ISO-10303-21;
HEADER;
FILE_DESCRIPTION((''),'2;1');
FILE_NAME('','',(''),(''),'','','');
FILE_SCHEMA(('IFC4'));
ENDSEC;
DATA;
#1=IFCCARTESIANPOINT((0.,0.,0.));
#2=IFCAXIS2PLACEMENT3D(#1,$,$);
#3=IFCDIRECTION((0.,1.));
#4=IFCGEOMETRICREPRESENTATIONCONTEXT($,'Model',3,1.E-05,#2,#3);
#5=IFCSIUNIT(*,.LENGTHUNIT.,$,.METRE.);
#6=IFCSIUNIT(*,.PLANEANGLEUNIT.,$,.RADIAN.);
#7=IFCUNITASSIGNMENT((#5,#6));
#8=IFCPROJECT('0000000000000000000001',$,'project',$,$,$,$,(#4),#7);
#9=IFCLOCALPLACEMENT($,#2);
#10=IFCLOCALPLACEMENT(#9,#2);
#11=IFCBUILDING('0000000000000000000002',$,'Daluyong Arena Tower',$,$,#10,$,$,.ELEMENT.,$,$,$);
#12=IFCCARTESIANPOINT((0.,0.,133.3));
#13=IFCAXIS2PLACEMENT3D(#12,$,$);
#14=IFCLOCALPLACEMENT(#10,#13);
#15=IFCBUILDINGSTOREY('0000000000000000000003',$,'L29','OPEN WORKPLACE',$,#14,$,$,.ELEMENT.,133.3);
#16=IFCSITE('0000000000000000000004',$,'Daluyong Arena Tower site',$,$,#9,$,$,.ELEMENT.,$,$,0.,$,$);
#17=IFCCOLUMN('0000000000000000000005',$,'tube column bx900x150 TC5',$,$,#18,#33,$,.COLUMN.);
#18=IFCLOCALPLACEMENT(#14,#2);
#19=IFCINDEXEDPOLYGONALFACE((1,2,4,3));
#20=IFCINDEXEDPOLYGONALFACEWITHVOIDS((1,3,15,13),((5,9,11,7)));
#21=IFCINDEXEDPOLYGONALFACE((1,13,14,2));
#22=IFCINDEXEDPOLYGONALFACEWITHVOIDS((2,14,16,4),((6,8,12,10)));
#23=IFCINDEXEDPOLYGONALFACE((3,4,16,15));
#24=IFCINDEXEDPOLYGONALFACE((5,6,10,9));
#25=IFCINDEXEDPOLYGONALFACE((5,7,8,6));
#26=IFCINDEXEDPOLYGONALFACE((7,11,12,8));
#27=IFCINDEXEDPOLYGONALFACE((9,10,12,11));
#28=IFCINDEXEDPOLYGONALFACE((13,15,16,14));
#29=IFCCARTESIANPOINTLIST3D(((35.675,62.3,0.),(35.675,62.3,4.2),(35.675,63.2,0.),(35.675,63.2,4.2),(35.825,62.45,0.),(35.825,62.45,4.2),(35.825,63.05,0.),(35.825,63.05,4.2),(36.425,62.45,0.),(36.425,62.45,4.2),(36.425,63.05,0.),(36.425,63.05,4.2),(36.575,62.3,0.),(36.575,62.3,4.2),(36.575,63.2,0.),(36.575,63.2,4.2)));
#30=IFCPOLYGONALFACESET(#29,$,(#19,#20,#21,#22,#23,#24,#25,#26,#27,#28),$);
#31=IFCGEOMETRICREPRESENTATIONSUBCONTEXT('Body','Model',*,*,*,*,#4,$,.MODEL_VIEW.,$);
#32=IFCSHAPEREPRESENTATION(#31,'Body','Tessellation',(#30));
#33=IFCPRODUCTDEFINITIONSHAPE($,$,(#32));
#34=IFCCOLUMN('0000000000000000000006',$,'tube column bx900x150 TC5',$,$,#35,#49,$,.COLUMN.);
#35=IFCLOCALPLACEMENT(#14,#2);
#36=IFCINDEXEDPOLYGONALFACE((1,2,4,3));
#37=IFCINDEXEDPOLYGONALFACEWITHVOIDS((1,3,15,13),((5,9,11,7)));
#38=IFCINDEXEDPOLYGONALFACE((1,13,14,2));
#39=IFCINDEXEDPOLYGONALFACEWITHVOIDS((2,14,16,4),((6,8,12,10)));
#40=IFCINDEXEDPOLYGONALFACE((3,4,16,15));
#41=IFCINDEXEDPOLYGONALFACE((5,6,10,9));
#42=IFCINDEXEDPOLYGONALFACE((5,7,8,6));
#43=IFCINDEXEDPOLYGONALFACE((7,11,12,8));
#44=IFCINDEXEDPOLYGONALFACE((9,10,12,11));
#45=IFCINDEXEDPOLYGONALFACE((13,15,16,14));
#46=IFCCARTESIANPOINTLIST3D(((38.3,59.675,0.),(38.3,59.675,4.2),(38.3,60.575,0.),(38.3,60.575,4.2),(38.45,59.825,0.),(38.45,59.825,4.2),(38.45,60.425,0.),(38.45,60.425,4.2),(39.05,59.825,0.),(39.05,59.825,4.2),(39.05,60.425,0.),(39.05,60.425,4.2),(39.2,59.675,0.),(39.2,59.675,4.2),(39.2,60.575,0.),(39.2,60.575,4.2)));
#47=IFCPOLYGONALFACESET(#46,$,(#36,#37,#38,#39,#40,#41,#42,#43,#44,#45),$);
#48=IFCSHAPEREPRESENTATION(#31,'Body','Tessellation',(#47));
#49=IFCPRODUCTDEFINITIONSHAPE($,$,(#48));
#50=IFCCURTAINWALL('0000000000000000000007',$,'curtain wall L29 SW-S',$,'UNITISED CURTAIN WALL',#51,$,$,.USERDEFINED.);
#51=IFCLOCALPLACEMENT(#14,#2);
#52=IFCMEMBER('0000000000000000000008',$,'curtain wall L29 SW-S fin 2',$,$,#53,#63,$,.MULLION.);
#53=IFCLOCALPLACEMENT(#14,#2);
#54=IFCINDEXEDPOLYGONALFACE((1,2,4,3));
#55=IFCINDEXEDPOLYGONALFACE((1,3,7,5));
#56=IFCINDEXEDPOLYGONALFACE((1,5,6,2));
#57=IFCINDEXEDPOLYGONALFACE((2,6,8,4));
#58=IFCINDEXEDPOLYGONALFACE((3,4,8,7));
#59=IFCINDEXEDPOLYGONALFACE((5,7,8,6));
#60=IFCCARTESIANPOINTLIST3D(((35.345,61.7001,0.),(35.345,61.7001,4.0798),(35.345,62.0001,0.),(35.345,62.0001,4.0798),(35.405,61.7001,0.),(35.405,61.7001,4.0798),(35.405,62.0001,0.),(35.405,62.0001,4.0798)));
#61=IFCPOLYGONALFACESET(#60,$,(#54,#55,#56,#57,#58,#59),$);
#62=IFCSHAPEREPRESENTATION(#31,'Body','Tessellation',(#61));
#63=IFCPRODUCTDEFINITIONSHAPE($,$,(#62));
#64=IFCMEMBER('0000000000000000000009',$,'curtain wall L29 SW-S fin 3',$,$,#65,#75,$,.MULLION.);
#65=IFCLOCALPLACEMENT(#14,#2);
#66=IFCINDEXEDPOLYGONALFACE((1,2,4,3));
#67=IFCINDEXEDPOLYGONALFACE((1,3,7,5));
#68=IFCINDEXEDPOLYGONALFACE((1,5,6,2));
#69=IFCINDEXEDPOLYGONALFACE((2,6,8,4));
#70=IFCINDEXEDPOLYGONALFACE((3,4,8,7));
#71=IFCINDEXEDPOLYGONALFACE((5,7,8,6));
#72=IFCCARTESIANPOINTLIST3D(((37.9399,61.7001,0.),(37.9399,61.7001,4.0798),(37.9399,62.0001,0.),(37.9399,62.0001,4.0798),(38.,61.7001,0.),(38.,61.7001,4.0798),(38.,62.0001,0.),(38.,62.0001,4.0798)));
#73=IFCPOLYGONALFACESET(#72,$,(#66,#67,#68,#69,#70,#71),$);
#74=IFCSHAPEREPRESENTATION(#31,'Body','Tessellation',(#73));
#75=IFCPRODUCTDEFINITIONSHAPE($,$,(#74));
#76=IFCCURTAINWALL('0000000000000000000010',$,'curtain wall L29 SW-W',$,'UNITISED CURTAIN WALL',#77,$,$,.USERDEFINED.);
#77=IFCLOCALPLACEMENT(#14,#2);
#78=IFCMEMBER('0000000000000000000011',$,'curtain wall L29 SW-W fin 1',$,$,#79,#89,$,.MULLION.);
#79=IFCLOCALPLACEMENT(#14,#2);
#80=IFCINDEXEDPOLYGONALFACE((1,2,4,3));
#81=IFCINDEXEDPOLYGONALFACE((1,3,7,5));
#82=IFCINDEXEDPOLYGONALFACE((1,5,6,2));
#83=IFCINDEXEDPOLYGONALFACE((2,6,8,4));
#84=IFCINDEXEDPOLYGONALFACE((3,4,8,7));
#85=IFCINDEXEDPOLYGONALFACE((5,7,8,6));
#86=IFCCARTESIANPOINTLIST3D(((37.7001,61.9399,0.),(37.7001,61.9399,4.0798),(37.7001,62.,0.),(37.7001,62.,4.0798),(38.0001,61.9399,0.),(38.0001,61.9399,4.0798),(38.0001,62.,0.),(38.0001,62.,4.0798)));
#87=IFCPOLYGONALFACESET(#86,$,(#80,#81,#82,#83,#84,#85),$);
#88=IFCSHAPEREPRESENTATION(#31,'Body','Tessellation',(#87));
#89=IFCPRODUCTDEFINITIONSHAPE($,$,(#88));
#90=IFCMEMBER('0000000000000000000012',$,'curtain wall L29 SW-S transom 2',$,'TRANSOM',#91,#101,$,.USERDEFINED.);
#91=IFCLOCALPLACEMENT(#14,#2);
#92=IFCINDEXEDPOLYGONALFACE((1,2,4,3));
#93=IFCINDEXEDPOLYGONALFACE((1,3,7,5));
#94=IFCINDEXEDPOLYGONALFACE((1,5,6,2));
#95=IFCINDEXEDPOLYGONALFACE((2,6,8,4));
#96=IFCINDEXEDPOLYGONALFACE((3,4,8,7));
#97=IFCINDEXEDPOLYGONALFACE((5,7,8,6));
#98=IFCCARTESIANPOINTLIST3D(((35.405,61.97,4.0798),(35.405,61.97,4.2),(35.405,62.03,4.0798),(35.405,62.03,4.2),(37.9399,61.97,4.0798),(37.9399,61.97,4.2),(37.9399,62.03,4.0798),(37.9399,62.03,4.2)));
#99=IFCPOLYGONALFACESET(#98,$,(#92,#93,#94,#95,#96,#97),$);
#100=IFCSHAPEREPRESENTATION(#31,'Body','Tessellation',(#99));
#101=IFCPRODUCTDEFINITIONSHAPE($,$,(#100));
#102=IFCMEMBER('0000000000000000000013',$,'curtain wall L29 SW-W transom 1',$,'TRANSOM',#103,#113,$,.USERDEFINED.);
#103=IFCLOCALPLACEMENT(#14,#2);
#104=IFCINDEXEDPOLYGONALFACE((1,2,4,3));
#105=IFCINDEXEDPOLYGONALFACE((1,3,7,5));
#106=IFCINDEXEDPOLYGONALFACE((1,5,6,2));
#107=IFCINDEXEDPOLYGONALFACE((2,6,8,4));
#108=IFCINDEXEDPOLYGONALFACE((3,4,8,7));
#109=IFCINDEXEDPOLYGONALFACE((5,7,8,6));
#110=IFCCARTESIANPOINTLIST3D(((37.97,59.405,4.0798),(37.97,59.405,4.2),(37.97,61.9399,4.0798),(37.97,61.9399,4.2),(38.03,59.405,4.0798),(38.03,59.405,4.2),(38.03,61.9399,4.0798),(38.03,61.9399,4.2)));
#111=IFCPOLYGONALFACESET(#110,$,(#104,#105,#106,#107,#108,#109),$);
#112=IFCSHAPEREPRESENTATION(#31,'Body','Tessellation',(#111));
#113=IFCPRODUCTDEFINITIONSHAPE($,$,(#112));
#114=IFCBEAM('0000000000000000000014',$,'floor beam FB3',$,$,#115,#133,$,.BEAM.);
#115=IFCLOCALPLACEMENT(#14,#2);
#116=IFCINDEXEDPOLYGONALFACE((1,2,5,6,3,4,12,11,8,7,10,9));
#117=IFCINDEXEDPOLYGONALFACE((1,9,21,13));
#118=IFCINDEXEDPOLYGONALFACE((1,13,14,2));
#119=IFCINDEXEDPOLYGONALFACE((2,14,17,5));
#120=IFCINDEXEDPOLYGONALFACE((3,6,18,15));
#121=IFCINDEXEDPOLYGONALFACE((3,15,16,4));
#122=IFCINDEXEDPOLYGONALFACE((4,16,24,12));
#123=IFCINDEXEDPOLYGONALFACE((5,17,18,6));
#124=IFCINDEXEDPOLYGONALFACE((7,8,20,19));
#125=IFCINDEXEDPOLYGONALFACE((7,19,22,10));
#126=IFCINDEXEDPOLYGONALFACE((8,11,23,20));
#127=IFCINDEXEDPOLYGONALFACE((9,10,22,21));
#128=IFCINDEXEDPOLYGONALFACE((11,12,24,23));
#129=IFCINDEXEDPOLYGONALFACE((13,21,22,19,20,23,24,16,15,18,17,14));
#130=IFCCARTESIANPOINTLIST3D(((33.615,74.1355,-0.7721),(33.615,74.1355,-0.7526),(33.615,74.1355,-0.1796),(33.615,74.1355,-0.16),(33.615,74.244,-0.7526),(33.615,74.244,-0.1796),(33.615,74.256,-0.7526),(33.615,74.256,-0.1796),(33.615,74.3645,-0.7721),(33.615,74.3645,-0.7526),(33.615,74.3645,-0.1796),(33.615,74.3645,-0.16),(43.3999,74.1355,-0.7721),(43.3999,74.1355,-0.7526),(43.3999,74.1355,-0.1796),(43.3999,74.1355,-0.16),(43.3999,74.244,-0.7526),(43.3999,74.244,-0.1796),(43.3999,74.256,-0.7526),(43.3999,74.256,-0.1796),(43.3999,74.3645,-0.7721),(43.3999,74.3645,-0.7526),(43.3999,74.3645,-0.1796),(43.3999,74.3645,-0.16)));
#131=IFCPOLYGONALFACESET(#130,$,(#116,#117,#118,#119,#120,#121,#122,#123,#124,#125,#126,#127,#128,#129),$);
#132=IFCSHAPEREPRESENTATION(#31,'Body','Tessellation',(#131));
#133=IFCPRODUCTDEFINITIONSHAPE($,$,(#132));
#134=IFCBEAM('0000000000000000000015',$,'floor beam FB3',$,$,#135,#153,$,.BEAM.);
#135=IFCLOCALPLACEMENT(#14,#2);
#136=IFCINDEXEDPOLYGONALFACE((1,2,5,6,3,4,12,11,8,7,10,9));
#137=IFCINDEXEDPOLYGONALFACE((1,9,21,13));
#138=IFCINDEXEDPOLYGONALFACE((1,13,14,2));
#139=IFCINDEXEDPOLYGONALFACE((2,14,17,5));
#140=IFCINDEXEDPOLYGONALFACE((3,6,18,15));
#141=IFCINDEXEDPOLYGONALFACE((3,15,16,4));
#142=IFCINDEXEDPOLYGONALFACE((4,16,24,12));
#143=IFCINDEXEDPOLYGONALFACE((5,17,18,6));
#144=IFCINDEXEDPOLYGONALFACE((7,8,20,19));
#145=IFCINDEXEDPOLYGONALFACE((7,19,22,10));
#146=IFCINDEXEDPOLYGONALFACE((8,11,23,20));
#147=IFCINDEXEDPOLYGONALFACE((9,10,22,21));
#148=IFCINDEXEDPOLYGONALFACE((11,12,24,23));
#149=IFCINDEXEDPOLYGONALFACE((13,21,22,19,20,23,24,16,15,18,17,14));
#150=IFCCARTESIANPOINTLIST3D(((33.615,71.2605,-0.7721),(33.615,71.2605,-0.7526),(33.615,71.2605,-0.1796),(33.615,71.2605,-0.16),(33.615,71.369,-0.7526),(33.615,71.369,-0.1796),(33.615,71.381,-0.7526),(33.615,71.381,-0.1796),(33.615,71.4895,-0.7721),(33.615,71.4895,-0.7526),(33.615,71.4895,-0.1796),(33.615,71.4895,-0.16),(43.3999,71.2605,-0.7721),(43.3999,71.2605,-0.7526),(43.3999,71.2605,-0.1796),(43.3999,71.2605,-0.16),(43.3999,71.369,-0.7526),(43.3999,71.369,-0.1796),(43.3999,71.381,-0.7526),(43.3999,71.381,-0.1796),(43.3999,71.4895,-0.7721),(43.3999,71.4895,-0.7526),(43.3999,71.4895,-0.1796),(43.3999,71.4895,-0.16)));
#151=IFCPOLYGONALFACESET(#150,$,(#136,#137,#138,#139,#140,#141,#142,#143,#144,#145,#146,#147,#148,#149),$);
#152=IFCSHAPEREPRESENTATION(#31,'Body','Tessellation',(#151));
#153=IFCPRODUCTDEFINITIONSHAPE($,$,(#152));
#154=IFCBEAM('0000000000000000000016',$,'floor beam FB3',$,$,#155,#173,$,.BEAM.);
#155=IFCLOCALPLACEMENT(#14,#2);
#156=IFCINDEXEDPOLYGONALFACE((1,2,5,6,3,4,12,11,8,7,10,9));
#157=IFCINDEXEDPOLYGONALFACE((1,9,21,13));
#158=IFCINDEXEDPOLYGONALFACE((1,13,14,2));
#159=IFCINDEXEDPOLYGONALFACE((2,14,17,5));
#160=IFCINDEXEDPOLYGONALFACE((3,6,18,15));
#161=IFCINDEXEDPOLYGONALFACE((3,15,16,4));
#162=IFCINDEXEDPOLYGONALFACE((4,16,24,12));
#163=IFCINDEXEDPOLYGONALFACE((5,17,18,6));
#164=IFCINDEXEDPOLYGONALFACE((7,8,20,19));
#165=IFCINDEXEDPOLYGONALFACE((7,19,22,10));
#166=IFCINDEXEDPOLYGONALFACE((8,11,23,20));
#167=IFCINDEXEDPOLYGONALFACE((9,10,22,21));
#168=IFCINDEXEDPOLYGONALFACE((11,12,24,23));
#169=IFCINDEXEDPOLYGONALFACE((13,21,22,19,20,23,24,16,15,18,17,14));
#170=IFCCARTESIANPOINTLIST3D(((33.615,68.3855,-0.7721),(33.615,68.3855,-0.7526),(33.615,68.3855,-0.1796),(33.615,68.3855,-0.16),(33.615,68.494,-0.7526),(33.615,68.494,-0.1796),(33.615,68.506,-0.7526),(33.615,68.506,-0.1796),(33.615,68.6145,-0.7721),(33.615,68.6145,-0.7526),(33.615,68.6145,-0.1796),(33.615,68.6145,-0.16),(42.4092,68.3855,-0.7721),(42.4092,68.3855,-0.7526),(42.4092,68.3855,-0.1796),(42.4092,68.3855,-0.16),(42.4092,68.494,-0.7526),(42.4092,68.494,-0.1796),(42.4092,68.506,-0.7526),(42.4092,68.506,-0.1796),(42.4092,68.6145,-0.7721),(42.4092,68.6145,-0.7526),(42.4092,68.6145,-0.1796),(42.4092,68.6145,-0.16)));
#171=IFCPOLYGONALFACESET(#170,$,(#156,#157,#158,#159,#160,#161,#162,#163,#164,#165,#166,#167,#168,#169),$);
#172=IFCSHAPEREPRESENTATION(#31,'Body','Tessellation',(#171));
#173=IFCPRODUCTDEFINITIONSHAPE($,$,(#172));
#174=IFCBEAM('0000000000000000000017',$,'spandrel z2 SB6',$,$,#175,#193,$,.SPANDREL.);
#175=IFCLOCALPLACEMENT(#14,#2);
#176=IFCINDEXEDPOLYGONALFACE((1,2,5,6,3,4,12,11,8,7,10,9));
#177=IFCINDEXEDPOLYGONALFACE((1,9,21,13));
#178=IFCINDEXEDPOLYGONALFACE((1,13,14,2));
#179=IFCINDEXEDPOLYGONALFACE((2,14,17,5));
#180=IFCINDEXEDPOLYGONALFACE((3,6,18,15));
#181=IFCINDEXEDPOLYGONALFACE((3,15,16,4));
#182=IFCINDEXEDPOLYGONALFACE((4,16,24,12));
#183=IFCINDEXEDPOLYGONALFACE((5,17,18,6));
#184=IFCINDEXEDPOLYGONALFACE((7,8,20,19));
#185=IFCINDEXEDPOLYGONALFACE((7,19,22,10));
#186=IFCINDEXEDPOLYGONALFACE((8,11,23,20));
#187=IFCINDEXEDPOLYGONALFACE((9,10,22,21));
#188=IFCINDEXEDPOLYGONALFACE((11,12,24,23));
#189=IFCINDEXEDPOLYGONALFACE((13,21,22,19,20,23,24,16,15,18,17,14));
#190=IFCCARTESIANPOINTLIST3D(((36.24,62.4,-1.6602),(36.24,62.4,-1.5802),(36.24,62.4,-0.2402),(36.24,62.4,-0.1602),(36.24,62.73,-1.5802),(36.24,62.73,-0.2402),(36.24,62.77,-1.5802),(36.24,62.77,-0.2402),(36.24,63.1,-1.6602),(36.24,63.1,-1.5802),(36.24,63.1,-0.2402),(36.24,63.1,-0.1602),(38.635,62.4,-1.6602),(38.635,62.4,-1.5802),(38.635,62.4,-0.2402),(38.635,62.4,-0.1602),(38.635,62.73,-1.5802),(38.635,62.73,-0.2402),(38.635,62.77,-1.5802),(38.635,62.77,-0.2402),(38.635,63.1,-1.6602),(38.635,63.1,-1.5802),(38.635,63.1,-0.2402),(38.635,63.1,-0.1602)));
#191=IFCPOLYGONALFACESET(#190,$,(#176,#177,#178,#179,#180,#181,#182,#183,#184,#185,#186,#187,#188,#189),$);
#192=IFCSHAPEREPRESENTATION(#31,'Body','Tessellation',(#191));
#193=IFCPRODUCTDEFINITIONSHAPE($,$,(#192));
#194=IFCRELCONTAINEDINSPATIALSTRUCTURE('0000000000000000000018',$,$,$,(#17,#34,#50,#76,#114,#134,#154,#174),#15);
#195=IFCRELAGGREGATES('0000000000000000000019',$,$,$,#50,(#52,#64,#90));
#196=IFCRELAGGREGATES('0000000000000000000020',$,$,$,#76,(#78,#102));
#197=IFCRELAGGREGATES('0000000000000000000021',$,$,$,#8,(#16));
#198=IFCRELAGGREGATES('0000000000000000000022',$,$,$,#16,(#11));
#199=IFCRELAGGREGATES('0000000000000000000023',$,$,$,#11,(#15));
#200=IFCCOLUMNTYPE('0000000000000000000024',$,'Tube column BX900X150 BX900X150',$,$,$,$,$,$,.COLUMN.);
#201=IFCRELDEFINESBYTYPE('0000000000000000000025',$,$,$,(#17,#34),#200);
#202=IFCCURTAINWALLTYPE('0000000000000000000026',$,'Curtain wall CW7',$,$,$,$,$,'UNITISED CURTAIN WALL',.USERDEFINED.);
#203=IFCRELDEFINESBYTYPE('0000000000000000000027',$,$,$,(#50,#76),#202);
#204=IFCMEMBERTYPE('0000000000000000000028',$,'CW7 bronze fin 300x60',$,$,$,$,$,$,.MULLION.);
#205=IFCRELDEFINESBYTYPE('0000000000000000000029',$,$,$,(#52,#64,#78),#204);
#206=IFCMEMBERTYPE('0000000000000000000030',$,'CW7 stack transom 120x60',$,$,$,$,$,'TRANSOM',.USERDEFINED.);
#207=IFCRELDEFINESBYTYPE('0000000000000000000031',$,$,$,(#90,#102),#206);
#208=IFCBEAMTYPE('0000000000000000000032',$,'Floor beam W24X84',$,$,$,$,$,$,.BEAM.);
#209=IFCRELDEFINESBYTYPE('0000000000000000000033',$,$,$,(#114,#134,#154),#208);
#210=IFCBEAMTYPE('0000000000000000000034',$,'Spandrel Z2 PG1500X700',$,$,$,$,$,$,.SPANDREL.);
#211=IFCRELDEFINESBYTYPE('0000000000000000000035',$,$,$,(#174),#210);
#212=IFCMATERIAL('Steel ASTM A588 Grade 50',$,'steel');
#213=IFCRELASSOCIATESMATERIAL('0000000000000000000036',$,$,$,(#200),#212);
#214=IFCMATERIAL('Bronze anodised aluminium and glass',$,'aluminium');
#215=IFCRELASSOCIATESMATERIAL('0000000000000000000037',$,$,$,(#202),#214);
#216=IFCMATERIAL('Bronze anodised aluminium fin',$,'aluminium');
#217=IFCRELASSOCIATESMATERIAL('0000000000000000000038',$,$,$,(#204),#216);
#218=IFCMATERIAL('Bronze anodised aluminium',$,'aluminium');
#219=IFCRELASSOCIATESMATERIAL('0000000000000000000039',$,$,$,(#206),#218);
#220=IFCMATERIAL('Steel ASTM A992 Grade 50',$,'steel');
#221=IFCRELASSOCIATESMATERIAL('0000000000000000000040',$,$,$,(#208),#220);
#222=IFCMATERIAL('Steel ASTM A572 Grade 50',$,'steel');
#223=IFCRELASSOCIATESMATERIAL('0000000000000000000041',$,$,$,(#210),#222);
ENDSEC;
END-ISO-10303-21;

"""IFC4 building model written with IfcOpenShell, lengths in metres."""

from ifc_helpers import new_model, si_unit, direction, frame, origin, origin_2d, place, context, subcontext, project, spatial, rectangle, hollow_rectangle, i_section, extrude, material, material_profile, profile_set, type_object, element, aggregate, save


model = new_model("IFC4")

# Units and contexts
model_context = context("Model", 3, precision=1e-05, world=origin(), true_north=direction((0.0, 1.0)))
body_context = subcontext(model_context, "Body", "Model", "MODEL_VIEW")
ifc_project = project(units=[si_unit("LENGTHUNIT", "METRE"), si_unit("PLANEANGLEUNIT", "RADIAN")], contexts=[model_context])

# Site, building, storey
site_placement = place(None, origin())
site = spatial("IfcSite", under=ifc_project, at=site_placement, Name="Daluyong Arena Tower site", CompositionType="ELEMENT", RefElevation=0.0)
building_placement = place(site_placement, origin())
building = spatial("IfcBuilding", under=site, at=building_placement, Name="Daluyong Arena Tower", CompositionType="ELEMENT")
storey_placement = place(building_placement, frame((0.0, 0.0, 133.3)))
storey = spatial("IfcBuildingStorey", under=building, at=storey_placement, Name="L29", Description="OPEN WORKPLACE", CompositionType="ELEMENT", Elevation=133.3)

# Columns
ifc_material_1 = material(Name="Steel ASTM A588 Grade 50", Category="steel")
ifc_material_profile_1 = material_profile(ifc_material_1, hollow_rectangle(XDim=0.8999, YDim=0.8999, WallThickness=0.15, at=origin_2d()))
ifc_profile_set_1 = profile_set([ifc_material_profile_1], Name="Steel ASTM A588 Grade 50")
column_type = type_object("IfcColumnType", Name="Tube column BX900X150 BX900X150", PredefinedType="COLUMN", material=ifc_profile_set_1)
for number, where, z_axis, x_axis, name in (
    (1, (36.125, 62.75, 0.0), (0.0, 0.0, 1.0), (1.0, 0.0, 0.0), "tube column bx900x150 TC5"),
    (2, (38.75, 60.125, 0.0), (0.0, 0.0, 1.0), (0.0, 1.0, 0.0), "tube column bx900x150 TC5"),
):
    element("IfcColumn", number, at=place(storey_placement, frame(where, z_axis=z_axis, x_axis=x_axis)), inside=storey, type_object=column_type, Name=name, PredefinedType="COLUMN", context=body_context, shape_type="SweptSolid", body=[
        extrude(hollow_rectangle(XDim=0.8999, YDim=0.8999, WallThickness=0.15, at=origin_2d()), origin(), (0.0, 0.0, 1.0), 4.2),
    ])

# Curtain wall, members
ifc_material_2 = material(Name="Bronze anodised aluminium and glass", Category="aluminium")
curtain_wall_type = type_object("IfcCurtainWallType", Name="Curtain wall CW7", ElementType="UNITISED CURTAIN WALL", PredefinedType="USERDEFINED", material=ifc_material_2)
curtain_wall_1_placement = place(storey_placement, origin())
curtain_wall_1 = element("IfcCurtainWall", 3, at=curtain_wall_1_placement, inside=storey, type_object=curtain_wall_type, Name="curtain wall L29 SW-S", ObjectType="UNITISED CURTAIN WALL", PredefinedType="USERDEFINED")
ifc_material_3 = material(Name="Bronze anodised aluminium fin", Category="aluminium")
ifc_material_profile_2 = material_profile(ifc_material_3, rectangle(XDim=0.3, YDim=0.0601, at=origin_2d()))
ifc_profile_set_2 = profile_set([ifc_material_profile_2], Name="Bronze anodised aluminium fin")
member_type_1 = type_object("IfcMemberType", Name="CW7 bronze fin 300x60", PredefinedType="MULLION", material=ifc_profile_set_2)
member_1_placement = place(storey_placement, frame((35.375, 61.8501, 0.0), z_axis=(0.0, 0.0, 1.0), x_axis=(0.0, 1.0, 0.0)))
member_1 = element("IfcMember", 4, at=member_1_placement, type_object=member_type_1, Name="curtain wall L29 SW-S fin 2", PredefinedType="MULLION", context=body_context, shape_type="SweptSolid", body=[
    extrude(rectangle(XDim=0.3, YDim=0.0601, at=origin_2d()), origin(), (0.0, 0.0, 1.0), 4.0798),
])
member_2_placement = place(storey_placement, frame((37.97, 61.8501, 0.0), z_axis=(0.0, 0.0, 1.0), x_axis=(0.0, 1.0, 0.0)))
member_2 = element("IfcMember", 5, at=member_2_placement, type_object=member_type_1, Name="curtain wall L29 SW-S fin 3", PredefinedType="MULLION", context=body_context, shape_type="SweptSolid", body=[
    extrude(rectangle(XDim=0.3, YDim=0.0601, at=origin_2d()), origin(), (0.0, 0.0, 1.0), 4.0798),
])

# Curtain wall, member
curtain_wall_2_placement = place(storey_placement, origin())
curtain_wall_2 = element("IfcCurtainWall", 6, at=curtain_wall_2_placement, inside=storey, type_object=curtain_wall_type, Name="curtain wall L29 SW-W", ObjectType="UNITISED CURTAIN WALL", PredefinedType="USERDEFINED")
member_3_placement = place(storey_placement, frame((37.8501, 61.97, 0.0), z_axis=(0.0, 0.0, 1.0), x_axis=(1.0, 0.0, 0.0)))
member_3 = element("IfcMember", 7, at=member_3_placement, type_object=member_type_1, Name="curtain wall L29 SW-W fin 1", PredefinedType="MULLION", context=body_context, shape_type="SweptSolid", body=[
    extrude(rectangle(XDim=0.3, YDim=0.0601, at=origin_2d()), origin(), (0.0, 0.0, 1.0), 4.0798),
])

# Members
ifc_material_4 = material(Name="Bronze anodised aluminium", Category="aluminium")
ifc_material_profile_3 = material_profile(ifc_material_4, rectangle(XDim=0.0601, YDim=0.1201, at=origin_2d()))
ifc_profile_set_3 = profile_set([ifc_material_profile_3], Name="Bronze anodised aluminium")
member_type_2 = type_object("IfcMemberType", Name="CW7 stack transom 120x60", ElementType="TRANSOM", PredefinedType="USERDEFINED", material=ifc_profile_set_3)
member_4_placement = place(storey_placement, frame((35.405, 62.0, 4.1399), z_axis=(1.0, 0.0, 0.0), x_axis=(0.0, 1.0, 0.0)))
member_4 = element("IfcMember", 8, at=member_4_placement, type_object=member_type_2, Name="curtain wall L29 SW-S transom 2", ObjectType="TRANSOM", PredefinedType="USERDEFINED", context=body_context, shape_type="SweptSolid", body=[
    extrude(rectangle(XDim=0.0601, YDim=0.1201, at=origin_2d()), origin(), (0.0, 0.0, 1.0), 2.5349),
])
member_5_placement = place(storey_placement, frame((38.0, 61.9399, 4.1399), z_axis=(0.0, -1.0, 0.0), x_axis=(1.0, 0.0, 0.0)))
member_5 = element("IfcMember", 9, at=member_5_placement, type_object=member_type_2, Name="curtain wall L29 SW-W transom 1", ObjectType="TRANSOM", PredefinedType="USERDEFINED", context=body_context, shape_type="SweptSolid", body=[
    extrude(rectangle(XDim=0.0601, YDim=0.1201, at=origin_2d()), origin(), (0.0, 0.0, 1.0), 2.5349),
])

# Beams
ifc_material_5 = material(Name="Steel ASTM A992 Grade 50", Category="steel")
ifc_material_profile_4 = material_profile(ifc_material_5, i_section(OverallWidth=0.229, OverallDepth=0.6121, WebThickness=0.012, FlangeThickness=0.0195, at=origin_2d()))
ifc_profile_set_4 = profile_set([ifc_material_profile_4], Name="Steel ASTM A992 Grade 50")
beam_type_1 = type_object("IfcBeamType", Name="Floor beam W24X84", PredefinedType="BEAM", material=ifc_profile_set_4)
for number, where, z_axis, x_axis, name in (
    (10, (33.615, 74.25, -0.4661), (1.0, 0.0, 0.0), (0.0, 1.0, 0.0), "floor beam FB3"),
    (11, (33.615, 71.375, -0.4661), (1.0, 0.0, 0.0), (0.0, 1.0, 0.0), "floor beam FB3"),
):
    element("IfcBeam", number, at=place(storey_placement, frame(where, z_axis=z_axis, x_axis=x_axis)), inside=storey, type_object=beam_type_1, Name=name, PredefinedType="BEAM", context=body_context, shape_type="SweptSolid", body=[
        extrude(i_section(OverallWidth=0.229, OverallDepth=0.6121, WebThickness=0.012, FlangeThickness=0.0195, at=origin_2d()), origin(), (0.0, 0.0, 1.0), 9.7849),
    ])
beam_placement = place(storey_placement, frame((33.615, 68.5, -0.4661), z_axis=(1.0, 0.0, 0.0), x_axis=(0.0, 1.0, 0.0)))
element("IfcBeam", 12, at=beam_placement, inside=storey, type_object=beam_type_1, Name="floor beam FB3", PredefinedType="BEAM", context=body_context, shape_type="SweptSolid", body=[
    extrude(i_section(OverallWidth=0.229, OverallDepth=0.6121, WebThickness=0.012, FlangeThickness=0.0195, at=origin_2d()), origin(), (0.0, 0.0, 1.0), 8.7942),
])
ifc_material_6 = material(Name="Steel ASTM A572 Grade 50", Category="steel")
ifc_material_profile_5 = material_profile(ifc_material_6, i_section(OverallWidth=0.7, OverallDepth=1.5, WebThickness=0.04, FlangeThickness=0.08, at=origin_2d()))
ifc_profile_set_5 = profile_set([ifc_material_profile_5], Name="Steel ASTM A572 Grade 50")
beam_type_2 = type_object("IfcBeamType", Name="Spandrel Z2 PG1500X700", PredefinedType="SPANDREL", material=ifc_profile_set_5)
for number, where, z_axis, x_axis, name in (
    (13, (36.24, 62.75, -0.9102), (1.0, 0.0, 0.0), (0.0, 1.0, 0.0), "spandrel z2 SB6"),
):
    element("IfcBeam", number, at=place(storey_placement, frame(where, z_axis=z_axis, x_axis=x_axis)), inside=storey, type_object=beam_type_2, Name=name, PredefinedType="SPANDREL", context=body_context, shape_type="SweptSolid", body=[
        extrude(i_section(OverallWidth=0.7, OverallDepth=1.5, WebThickness=0.04, FlangeThickness=0.08, at=origin_2d()), origin(), (0.0, 0.0, 1.0), 2.395),
    ])

aggregate(curtain_wall_1, [member_1, member_2, member_4])
aggregate(curtain_wall_2, [member_3, member_5])

save(model, "model.ifc")
